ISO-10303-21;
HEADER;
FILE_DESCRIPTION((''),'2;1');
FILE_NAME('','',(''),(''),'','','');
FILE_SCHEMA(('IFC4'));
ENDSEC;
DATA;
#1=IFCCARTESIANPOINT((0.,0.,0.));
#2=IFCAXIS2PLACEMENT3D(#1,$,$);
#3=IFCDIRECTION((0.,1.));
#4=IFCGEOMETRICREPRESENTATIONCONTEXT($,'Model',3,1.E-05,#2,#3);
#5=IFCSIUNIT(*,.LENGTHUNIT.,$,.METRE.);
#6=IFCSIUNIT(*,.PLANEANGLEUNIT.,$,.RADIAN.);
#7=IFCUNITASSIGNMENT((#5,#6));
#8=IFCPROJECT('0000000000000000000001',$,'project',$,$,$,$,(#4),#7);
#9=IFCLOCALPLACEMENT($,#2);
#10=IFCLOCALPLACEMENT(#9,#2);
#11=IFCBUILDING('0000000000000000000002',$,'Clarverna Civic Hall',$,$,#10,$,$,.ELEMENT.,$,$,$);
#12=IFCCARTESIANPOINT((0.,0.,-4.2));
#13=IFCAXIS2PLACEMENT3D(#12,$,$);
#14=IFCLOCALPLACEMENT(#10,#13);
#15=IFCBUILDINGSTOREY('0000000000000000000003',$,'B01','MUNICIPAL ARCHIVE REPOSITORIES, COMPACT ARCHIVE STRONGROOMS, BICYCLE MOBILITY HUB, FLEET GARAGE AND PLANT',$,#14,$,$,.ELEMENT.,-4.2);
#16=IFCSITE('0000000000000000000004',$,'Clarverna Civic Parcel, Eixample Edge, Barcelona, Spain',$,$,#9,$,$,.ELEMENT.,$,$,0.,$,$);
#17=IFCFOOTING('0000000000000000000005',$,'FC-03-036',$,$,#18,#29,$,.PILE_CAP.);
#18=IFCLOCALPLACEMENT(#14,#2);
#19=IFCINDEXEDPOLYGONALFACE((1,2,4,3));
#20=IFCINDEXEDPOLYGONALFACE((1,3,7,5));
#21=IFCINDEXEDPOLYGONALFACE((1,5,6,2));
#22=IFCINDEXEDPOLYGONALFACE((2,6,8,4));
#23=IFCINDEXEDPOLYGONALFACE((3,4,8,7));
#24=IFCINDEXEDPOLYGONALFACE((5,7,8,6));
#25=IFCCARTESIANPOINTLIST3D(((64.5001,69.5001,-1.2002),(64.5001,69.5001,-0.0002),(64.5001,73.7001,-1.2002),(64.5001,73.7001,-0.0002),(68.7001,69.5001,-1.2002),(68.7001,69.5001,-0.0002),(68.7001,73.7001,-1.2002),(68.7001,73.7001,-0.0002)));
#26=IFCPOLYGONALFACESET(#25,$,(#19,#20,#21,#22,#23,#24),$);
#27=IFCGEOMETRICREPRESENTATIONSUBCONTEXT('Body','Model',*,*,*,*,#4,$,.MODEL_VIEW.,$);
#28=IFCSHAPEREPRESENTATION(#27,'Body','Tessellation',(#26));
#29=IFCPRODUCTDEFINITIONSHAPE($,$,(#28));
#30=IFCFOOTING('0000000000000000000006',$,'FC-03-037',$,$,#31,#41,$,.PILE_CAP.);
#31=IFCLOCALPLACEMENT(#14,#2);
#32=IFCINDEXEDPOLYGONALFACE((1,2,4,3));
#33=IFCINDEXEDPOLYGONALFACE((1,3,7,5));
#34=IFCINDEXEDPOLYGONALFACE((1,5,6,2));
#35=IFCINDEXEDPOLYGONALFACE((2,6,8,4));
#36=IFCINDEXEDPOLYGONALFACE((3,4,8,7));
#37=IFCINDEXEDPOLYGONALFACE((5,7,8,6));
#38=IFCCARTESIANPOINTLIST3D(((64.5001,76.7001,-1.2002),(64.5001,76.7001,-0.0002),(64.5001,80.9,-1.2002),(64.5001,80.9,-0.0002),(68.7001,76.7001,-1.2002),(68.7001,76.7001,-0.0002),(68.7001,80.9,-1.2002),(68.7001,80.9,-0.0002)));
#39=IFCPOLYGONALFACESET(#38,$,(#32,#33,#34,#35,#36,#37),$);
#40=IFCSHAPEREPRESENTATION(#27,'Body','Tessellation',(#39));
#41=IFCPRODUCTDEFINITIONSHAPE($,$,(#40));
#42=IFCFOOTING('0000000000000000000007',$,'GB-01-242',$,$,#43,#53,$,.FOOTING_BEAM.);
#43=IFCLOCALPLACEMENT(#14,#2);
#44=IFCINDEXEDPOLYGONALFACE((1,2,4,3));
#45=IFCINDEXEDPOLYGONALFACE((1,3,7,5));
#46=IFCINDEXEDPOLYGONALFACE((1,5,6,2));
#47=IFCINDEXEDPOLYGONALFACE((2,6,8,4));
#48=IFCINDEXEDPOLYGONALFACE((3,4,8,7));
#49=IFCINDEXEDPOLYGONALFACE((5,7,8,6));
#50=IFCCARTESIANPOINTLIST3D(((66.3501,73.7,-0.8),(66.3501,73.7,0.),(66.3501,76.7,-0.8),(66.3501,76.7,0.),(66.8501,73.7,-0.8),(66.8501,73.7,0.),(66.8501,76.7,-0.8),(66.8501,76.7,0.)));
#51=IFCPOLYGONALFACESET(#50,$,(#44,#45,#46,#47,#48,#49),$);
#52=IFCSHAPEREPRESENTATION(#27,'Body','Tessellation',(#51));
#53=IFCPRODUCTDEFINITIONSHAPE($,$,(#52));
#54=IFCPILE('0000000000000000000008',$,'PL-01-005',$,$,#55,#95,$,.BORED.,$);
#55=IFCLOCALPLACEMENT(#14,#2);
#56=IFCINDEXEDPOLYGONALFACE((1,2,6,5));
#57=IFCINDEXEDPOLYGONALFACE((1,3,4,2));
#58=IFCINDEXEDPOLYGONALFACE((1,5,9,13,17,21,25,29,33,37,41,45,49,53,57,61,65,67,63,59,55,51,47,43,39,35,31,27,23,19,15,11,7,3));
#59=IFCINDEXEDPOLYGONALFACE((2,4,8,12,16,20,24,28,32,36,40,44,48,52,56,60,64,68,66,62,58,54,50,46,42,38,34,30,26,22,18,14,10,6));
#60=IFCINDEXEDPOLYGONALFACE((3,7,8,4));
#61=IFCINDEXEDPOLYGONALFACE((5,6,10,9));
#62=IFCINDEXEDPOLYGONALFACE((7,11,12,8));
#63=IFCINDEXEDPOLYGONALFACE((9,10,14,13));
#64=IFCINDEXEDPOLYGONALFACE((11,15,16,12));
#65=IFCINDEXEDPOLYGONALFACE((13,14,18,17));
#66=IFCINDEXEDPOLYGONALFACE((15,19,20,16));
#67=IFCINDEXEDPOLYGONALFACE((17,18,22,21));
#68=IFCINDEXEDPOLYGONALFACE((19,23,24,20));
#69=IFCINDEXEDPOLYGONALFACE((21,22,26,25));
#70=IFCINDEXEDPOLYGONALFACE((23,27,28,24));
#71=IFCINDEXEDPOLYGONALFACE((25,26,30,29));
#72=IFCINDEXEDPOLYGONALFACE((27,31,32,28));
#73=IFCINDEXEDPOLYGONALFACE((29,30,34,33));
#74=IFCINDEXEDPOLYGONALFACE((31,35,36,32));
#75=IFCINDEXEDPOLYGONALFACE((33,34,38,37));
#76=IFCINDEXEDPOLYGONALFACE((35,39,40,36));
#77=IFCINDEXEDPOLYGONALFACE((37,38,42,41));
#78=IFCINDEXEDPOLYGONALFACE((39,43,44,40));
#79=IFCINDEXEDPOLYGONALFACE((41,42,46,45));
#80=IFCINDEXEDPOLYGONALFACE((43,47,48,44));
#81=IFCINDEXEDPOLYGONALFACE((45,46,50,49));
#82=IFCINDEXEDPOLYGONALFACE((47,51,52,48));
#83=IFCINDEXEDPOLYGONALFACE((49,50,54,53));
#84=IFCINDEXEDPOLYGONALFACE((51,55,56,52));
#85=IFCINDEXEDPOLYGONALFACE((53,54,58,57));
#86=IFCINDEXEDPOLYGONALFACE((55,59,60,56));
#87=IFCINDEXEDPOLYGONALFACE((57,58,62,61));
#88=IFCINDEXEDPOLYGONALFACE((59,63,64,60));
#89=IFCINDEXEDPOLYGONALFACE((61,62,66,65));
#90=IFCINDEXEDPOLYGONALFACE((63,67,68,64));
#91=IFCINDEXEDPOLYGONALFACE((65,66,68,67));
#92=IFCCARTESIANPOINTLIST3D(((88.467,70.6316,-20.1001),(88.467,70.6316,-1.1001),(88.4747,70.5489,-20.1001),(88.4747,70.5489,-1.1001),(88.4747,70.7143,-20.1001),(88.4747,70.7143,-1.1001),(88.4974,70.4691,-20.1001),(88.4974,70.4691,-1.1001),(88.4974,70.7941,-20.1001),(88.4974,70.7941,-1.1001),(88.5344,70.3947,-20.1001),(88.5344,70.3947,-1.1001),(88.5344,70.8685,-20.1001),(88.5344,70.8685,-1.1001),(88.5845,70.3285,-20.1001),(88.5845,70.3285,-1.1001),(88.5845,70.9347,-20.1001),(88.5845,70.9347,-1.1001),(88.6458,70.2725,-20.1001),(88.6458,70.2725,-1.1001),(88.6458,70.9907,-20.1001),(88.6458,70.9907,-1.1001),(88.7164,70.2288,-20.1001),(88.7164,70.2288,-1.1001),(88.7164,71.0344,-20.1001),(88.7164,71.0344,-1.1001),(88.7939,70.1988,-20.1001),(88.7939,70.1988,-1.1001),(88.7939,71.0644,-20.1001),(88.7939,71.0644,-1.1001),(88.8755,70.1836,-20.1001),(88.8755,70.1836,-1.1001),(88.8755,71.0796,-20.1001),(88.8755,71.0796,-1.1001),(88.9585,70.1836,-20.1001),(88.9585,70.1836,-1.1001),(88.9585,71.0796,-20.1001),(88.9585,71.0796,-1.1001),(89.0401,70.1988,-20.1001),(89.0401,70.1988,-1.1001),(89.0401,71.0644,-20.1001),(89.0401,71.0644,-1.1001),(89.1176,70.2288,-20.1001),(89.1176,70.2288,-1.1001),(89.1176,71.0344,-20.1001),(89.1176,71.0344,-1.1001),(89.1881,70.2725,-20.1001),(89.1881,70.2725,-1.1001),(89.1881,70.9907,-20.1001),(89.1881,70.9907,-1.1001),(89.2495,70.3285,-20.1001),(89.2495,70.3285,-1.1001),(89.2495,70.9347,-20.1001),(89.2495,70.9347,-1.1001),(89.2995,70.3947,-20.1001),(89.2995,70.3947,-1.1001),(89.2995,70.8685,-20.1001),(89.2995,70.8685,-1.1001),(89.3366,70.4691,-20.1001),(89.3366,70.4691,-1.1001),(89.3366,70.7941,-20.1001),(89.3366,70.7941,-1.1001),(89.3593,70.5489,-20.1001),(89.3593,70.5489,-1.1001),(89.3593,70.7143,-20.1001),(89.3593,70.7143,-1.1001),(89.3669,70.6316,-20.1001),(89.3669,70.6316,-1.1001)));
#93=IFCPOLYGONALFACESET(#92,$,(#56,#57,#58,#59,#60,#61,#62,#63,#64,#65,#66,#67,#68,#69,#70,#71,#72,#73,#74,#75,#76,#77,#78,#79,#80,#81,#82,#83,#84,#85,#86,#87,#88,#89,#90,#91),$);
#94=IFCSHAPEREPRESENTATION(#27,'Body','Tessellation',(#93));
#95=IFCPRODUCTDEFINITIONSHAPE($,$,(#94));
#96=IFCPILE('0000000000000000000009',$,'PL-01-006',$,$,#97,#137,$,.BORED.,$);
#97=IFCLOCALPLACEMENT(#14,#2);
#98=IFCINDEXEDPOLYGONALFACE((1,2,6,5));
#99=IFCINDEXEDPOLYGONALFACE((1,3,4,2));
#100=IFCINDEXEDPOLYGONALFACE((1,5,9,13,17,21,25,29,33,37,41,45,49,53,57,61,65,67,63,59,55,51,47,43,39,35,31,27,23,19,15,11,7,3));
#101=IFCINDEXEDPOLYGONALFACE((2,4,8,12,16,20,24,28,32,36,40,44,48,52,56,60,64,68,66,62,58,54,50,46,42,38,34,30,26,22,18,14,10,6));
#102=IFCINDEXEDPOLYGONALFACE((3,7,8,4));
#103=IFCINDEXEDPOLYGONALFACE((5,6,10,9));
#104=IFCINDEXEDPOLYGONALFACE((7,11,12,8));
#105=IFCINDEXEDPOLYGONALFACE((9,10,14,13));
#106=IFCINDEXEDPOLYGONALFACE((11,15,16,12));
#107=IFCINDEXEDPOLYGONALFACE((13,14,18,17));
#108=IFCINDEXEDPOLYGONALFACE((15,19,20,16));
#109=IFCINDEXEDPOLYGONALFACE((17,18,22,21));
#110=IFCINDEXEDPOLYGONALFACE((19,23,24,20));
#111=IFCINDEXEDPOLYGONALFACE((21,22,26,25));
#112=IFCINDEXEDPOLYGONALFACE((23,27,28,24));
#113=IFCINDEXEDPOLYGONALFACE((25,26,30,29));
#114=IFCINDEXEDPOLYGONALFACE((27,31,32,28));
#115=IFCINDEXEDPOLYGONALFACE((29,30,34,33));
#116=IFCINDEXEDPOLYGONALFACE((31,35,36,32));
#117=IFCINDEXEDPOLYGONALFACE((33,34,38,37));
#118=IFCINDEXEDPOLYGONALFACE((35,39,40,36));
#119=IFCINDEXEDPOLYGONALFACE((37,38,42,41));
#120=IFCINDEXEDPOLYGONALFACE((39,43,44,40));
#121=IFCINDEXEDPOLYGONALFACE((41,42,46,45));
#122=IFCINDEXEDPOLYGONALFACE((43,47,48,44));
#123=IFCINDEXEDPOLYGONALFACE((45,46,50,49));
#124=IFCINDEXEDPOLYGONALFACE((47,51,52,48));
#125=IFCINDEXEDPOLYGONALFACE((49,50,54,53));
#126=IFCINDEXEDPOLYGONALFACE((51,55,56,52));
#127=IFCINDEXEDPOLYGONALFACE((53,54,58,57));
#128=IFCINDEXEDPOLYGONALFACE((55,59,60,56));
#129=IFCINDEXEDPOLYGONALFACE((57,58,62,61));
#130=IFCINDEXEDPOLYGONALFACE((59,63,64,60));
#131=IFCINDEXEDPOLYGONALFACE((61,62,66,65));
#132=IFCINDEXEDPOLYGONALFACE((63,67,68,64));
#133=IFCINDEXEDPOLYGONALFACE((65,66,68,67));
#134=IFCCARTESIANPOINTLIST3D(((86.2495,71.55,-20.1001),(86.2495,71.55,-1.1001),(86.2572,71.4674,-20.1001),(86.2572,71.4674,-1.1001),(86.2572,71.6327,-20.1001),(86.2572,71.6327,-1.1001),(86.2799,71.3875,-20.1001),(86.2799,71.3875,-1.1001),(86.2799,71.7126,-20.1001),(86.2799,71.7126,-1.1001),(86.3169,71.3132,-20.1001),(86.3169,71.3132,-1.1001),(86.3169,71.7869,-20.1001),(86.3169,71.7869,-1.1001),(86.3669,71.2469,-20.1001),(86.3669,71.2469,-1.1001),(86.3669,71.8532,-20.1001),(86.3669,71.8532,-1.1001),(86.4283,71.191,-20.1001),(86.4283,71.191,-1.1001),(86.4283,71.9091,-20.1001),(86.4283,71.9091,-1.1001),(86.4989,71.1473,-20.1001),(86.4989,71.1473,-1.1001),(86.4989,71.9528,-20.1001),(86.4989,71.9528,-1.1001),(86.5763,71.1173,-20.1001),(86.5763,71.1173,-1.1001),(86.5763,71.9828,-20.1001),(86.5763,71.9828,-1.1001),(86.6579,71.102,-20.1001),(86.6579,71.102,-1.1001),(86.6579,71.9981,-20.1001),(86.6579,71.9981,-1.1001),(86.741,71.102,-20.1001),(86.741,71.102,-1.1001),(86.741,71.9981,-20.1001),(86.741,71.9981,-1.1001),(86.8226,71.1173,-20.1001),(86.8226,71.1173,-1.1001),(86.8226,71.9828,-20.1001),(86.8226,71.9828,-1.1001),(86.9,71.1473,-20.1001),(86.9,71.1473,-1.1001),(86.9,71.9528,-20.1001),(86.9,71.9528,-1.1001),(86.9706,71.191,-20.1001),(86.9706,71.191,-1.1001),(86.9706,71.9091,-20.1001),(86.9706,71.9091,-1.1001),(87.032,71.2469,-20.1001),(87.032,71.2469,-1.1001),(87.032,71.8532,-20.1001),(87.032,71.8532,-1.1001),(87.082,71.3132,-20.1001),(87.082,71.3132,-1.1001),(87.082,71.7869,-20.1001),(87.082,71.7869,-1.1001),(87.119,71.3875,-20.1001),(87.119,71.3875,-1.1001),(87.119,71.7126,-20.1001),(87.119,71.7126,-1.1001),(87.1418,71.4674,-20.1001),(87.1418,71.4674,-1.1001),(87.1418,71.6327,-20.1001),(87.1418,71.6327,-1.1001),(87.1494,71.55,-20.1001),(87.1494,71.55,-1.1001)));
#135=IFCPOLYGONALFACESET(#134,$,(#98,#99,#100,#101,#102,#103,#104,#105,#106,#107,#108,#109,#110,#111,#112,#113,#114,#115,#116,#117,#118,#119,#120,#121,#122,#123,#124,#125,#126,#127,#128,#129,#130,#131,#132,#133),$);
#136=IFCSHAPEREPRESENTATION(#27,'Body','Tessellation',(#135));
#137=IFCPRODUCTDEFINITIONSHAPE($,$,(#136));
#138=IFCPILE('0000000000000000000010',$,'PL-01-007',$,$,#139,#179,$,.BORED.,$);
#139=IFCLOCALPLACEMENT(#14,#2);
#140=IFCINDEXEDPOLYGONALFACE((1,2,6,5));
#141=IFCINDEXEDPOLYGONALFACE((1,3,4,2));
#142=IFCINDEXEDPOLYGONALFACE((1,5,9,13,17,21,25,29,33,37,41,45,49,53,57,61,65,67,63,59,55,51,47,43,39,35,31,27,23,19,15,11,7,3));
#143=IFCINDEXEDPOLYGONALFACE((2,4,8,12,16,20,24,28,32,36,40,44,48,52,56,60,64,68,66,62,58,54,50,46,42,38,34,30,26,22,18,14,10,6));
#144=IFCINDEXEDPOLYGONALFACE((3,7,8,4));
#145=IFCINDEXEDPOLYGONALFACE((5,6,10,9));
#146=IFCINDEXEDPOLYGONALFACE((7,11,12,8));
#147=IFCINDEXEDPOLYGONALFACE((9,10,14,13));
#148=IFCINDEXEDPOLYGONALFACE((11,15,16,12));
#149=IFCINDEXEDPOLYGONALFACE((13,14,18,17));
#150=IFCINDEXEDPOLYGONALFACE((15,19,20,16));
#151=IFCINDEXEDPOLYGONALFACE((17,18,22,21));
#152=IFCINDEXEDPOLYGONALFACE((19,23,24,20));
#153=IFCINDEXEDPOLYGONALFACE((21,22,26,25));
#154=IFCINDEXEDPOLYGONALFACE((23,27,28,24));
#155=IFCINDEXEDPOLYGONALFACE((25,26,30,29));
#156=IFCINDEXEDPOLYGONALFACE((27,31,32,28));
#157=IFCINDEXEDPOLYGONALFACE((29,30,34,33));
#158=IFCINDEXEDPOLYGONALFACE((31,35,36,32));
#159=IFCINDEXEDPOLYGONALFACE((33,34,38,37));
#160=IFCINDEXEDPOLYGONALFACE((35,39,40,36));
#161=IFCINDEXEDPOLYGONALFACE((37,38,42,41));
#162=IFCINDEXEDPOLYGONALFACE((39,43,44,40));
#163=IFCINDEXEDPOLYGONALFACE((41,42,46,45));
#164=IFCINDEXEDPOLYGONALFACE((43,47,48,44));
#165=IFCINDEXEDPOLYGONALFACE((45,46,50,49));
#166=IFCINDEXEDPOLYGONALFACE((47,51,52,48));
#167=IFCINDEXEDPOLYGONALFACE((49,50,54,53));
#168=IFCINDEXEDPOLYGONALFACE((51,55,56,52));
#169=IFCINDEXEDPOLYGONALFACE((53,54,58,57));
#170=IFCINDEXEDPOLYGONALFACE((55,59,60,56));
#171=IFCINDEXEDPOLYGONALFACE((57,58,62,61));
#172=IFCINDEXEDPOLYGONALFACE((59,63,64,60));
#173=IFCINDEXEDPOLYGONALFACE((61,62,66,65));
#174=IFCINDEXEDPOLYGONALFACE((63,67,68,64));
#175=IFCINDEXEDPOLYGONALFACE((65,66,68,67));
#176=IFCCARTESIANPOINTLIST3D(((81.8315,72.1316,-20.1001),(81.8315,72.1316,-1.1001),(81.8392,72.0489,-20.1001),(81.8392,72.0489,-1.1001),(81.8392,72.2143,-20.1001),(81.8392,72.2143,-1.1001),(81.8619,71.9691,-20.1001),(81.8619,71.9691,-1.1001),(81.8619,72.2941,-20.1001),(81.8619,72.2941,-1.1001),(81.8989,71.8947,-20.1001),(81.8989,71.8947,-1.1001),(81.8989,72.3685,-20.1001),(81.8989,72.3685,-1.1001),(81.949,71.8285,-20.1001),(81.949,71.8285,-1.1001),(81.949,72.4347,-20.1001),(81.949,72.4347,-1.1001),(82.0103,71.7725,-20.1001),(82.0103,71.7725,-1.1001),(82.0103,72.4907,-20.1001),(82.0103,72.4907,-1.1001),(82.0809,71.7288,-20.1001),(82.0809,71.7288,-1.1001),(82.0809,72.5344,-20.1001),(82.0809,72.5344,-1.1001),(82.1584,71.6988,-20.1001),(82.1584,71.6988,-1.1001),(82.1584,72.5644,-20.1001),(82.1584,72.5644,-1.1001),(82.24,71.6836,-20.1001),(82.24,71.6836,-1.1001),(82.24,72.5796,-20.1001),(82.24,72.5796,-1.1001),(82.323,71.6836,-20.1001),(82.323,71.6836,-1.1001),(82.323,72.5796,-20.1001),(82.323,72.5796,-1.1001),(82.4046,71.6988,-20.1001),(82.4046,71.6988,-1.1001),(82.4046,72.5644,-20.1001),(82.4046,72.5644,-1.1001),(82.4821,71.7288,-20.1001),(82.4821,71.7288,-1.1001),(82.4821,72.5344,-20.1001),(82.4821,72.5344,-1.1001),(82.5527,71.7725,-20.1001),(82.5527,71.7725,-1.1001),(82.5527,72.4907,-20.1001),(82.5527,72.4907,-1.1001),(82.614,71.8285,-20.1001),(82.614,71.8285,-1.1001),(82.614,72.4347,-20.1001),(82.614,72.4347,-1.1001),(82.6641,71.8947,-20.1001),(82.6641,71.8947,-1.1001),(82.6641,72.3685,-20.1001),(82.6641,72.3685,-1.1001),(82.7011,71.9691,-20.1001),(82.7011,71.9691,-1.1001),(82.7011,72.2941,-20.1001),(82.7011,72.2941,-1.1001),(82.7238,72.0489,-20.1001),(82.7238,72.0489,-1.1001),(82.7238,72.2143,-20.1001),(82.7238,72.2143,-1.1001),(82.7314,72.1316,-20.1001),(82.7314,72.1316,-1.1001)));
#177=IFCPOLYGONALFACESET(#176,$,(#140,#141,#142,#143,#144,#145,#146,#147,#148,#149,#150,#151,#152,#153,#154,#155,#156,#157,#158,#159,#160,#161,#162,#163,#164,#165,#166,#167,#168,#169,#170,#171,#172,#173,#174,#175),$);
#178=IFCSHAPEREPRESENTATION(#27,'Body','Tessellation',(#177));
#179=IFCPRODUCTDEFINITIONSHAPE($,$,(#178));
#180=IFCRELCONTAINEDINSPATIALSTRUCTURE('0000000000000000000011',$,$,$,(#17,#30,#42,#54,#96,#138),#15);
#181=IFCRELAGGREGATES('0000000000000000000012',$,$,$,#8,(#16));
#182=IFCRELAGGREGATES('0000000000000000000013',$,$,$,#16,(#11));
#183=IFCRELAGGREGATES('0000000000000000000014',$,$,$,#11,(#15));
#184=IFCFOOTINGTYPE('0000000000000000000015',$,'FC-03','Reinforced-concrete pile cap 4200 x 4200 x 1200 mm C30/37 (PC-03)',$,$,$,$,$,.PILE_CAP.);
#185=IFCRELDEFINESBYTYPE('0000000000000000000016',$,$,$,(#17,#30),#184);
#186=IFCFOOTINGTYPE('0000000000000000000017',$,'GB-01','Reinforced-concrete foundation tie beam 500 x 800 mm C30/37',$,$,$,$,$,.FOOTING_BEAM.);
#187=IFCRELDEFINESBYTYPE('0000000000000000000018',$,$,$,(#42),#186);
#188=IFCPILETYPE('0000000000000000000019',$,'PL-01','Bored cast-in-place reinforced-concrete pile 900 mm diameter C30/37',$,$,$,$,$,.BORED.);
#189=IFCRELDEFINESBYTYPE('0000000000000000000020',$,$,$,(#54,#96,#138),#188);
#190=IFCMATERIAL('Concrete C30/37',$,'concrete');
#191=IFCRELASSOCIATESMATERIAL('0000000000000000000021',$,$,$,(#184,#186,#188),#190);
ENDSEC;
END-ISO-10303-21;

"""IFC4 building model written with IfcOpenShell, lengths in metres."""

from ifc_helpers import new_model, si_unit, direction, frame, frame_2d, origin, origin_2d, place, context, subcontext, project, spatial, rectangle, circle, extrude, material, material_profile, profile_set, type_object, element, save


model = new_model("IFC4")

# Units and contexts
model_context = context("Model", 3, precision=1e-05, world=origin(), true_north=direction((0.0, 1.0)))
body_context = subcontext(model_context, "Body", "Model", "MODEL_VIEW")
ifc_project = project(units=[si_unit("LENGTHUNIT", "METRE"), si_unit("PLANEANGLEUNIT", "RADIAN")], contexts=[model_context])

# Site, building, storey
site_placement = place(None, origin())
site = spatial("IfcSite", under=ifc_project, at=site_placement, Name="Clarverna Civic Parcel, Eixample Edge, Barcelona, Spain", CompositionType="ELEMENT", RefElevation=0.0)
building_placement = place(site_placement, origin())
building = spatial("IfcBuilding", under=site, at=building_placement, Name="Clarverna Civic Hall", CompositionType="ELEMENT")
storey_placement = place(building_placement, frame((0.0, 0.0, -4.2)))
storey = spatial("IfcBuildingStorey", under=building, at=storey_placement, Name="B01", Description="MUNICIPAL ARCHIVE REPOSITORIES, COMPACT ARCHIVE STRONGROOMS, BICYCLE MOBILITY HUB, FLEET GARAGE AND PLANT", CompositionType="ELEMENT", Elevation=-4.2)

# Footings
ifc_material_1 = material(Name="Concrete C30/37", Category="concrete")
footing_type_1 = type_object("IfcFootingType", Name="FC-03", Description="Reinforced-concrete pile cap 4200 x 4200 x 1200 mm C30/37 (PC-03)", PredefinedType="PILE_CAP", material=ifc_material_1)
for number, where, z_axis, x_axis, name in (
    (1, (66.6001, 71.6001, -1.2002), (0.0, 0.0, 1.0), (1.0, 0.0, 0.0), "FC-03-036"),
    (2, (66.6001, 78.8, -1.2002), (0.0, 0.0, 1.0), (1.0, 0.0, 0.0), "FC-03-037"),
):
    element("IfcFooting", number, at=place(storey_placement, frame(where, z_axis=z_axis, x_axis=x_axis)), inside=storey, type_object=footing_type_1, Name=name, PredefinedType="PILE_CAP", context=body_context, shape_type="SweptSolid", body=[
        extrude(rectangle(XDim=4.2, YDim=4.2, at=origin_2d()), origin(), (0.0, 0.0, 1.0), 1.2),
    ])
footing_type_2 = type_object("IfcFootingType", Name="GB-01", Description="Reinforced-concrete foundation tie beam 500 x 800 mm C30/37", PredefinedType="FOOTING_BEAM", material=ifc_material_1)
footing_placement = place(storey_placement, frame((66.6001, 73.7, -0.8), z_axis=(0.0, 0.0, 1.0), x_axis=(0.0, 1.0, 0.0)))
element("IfcFooting", 3, at=footing_placement, inside=storey, type_object=footing_type_2, Name="GB-01-242", PredefinedType="FOOTING_BEAM", context=body_context, shape_type="SweptSolid", body=[
    extrude(rectangle(XDim=3.0, YDim=0.5, at=frame_2d((1.5, 0.0))), origin(), (0.0, 0.0, 1.0), 0.8),
])

# Piles
ifc_material_profile_1 = material_profile(ifc_material_1, circle(Radius=0.45, at=origin_2d()), Name="BORED PILE D900")
ifc_profile_set_1 = profile_set([ifc_material_profile_1], Name="Concrete C30/37")
pile_type_1 = type_object("IfcPileType", Name="PL-01", Description="Bored cast-in-place reinforced-concrete pile 900 mm diameter C30/37", PredefinedType="BORED", material=ifc_profile_set_1)
for number, where, z_axis, x_axis, name in (
    (4, (88.917, 70.6316, -1.1001), (0.0, 0.0, -1.0), (1.0, 0.0, 0.0), "PL-01-005"),
    (5, (86.6995, 71.55, -1.1001), (0.0, 0.0, -1.0), (1.0, 0.0, 0.0), "PL-01-006"),
    (6, (82.2815, 72.1316, -1.1001), (0.0, 0.0, -1.0), (1.0, 0.0, 0.0), "PL-01-007"),
):
    element("IfcPile", number, at=place(storey_placement, frame(where, z_axis=z_axis, x_axis=x_axis)), inside=storey, type_object=pile_type_1, Name=name, PredefinedType="BORED", context=body_context, shape_type="SweptSolid", body=[
        extrude(circle(Radius=0.45, at=origin_2d()), origin(), (0.0, 0.0, 1.0), 19.0),
    ])

save(model, "model.ifc")
